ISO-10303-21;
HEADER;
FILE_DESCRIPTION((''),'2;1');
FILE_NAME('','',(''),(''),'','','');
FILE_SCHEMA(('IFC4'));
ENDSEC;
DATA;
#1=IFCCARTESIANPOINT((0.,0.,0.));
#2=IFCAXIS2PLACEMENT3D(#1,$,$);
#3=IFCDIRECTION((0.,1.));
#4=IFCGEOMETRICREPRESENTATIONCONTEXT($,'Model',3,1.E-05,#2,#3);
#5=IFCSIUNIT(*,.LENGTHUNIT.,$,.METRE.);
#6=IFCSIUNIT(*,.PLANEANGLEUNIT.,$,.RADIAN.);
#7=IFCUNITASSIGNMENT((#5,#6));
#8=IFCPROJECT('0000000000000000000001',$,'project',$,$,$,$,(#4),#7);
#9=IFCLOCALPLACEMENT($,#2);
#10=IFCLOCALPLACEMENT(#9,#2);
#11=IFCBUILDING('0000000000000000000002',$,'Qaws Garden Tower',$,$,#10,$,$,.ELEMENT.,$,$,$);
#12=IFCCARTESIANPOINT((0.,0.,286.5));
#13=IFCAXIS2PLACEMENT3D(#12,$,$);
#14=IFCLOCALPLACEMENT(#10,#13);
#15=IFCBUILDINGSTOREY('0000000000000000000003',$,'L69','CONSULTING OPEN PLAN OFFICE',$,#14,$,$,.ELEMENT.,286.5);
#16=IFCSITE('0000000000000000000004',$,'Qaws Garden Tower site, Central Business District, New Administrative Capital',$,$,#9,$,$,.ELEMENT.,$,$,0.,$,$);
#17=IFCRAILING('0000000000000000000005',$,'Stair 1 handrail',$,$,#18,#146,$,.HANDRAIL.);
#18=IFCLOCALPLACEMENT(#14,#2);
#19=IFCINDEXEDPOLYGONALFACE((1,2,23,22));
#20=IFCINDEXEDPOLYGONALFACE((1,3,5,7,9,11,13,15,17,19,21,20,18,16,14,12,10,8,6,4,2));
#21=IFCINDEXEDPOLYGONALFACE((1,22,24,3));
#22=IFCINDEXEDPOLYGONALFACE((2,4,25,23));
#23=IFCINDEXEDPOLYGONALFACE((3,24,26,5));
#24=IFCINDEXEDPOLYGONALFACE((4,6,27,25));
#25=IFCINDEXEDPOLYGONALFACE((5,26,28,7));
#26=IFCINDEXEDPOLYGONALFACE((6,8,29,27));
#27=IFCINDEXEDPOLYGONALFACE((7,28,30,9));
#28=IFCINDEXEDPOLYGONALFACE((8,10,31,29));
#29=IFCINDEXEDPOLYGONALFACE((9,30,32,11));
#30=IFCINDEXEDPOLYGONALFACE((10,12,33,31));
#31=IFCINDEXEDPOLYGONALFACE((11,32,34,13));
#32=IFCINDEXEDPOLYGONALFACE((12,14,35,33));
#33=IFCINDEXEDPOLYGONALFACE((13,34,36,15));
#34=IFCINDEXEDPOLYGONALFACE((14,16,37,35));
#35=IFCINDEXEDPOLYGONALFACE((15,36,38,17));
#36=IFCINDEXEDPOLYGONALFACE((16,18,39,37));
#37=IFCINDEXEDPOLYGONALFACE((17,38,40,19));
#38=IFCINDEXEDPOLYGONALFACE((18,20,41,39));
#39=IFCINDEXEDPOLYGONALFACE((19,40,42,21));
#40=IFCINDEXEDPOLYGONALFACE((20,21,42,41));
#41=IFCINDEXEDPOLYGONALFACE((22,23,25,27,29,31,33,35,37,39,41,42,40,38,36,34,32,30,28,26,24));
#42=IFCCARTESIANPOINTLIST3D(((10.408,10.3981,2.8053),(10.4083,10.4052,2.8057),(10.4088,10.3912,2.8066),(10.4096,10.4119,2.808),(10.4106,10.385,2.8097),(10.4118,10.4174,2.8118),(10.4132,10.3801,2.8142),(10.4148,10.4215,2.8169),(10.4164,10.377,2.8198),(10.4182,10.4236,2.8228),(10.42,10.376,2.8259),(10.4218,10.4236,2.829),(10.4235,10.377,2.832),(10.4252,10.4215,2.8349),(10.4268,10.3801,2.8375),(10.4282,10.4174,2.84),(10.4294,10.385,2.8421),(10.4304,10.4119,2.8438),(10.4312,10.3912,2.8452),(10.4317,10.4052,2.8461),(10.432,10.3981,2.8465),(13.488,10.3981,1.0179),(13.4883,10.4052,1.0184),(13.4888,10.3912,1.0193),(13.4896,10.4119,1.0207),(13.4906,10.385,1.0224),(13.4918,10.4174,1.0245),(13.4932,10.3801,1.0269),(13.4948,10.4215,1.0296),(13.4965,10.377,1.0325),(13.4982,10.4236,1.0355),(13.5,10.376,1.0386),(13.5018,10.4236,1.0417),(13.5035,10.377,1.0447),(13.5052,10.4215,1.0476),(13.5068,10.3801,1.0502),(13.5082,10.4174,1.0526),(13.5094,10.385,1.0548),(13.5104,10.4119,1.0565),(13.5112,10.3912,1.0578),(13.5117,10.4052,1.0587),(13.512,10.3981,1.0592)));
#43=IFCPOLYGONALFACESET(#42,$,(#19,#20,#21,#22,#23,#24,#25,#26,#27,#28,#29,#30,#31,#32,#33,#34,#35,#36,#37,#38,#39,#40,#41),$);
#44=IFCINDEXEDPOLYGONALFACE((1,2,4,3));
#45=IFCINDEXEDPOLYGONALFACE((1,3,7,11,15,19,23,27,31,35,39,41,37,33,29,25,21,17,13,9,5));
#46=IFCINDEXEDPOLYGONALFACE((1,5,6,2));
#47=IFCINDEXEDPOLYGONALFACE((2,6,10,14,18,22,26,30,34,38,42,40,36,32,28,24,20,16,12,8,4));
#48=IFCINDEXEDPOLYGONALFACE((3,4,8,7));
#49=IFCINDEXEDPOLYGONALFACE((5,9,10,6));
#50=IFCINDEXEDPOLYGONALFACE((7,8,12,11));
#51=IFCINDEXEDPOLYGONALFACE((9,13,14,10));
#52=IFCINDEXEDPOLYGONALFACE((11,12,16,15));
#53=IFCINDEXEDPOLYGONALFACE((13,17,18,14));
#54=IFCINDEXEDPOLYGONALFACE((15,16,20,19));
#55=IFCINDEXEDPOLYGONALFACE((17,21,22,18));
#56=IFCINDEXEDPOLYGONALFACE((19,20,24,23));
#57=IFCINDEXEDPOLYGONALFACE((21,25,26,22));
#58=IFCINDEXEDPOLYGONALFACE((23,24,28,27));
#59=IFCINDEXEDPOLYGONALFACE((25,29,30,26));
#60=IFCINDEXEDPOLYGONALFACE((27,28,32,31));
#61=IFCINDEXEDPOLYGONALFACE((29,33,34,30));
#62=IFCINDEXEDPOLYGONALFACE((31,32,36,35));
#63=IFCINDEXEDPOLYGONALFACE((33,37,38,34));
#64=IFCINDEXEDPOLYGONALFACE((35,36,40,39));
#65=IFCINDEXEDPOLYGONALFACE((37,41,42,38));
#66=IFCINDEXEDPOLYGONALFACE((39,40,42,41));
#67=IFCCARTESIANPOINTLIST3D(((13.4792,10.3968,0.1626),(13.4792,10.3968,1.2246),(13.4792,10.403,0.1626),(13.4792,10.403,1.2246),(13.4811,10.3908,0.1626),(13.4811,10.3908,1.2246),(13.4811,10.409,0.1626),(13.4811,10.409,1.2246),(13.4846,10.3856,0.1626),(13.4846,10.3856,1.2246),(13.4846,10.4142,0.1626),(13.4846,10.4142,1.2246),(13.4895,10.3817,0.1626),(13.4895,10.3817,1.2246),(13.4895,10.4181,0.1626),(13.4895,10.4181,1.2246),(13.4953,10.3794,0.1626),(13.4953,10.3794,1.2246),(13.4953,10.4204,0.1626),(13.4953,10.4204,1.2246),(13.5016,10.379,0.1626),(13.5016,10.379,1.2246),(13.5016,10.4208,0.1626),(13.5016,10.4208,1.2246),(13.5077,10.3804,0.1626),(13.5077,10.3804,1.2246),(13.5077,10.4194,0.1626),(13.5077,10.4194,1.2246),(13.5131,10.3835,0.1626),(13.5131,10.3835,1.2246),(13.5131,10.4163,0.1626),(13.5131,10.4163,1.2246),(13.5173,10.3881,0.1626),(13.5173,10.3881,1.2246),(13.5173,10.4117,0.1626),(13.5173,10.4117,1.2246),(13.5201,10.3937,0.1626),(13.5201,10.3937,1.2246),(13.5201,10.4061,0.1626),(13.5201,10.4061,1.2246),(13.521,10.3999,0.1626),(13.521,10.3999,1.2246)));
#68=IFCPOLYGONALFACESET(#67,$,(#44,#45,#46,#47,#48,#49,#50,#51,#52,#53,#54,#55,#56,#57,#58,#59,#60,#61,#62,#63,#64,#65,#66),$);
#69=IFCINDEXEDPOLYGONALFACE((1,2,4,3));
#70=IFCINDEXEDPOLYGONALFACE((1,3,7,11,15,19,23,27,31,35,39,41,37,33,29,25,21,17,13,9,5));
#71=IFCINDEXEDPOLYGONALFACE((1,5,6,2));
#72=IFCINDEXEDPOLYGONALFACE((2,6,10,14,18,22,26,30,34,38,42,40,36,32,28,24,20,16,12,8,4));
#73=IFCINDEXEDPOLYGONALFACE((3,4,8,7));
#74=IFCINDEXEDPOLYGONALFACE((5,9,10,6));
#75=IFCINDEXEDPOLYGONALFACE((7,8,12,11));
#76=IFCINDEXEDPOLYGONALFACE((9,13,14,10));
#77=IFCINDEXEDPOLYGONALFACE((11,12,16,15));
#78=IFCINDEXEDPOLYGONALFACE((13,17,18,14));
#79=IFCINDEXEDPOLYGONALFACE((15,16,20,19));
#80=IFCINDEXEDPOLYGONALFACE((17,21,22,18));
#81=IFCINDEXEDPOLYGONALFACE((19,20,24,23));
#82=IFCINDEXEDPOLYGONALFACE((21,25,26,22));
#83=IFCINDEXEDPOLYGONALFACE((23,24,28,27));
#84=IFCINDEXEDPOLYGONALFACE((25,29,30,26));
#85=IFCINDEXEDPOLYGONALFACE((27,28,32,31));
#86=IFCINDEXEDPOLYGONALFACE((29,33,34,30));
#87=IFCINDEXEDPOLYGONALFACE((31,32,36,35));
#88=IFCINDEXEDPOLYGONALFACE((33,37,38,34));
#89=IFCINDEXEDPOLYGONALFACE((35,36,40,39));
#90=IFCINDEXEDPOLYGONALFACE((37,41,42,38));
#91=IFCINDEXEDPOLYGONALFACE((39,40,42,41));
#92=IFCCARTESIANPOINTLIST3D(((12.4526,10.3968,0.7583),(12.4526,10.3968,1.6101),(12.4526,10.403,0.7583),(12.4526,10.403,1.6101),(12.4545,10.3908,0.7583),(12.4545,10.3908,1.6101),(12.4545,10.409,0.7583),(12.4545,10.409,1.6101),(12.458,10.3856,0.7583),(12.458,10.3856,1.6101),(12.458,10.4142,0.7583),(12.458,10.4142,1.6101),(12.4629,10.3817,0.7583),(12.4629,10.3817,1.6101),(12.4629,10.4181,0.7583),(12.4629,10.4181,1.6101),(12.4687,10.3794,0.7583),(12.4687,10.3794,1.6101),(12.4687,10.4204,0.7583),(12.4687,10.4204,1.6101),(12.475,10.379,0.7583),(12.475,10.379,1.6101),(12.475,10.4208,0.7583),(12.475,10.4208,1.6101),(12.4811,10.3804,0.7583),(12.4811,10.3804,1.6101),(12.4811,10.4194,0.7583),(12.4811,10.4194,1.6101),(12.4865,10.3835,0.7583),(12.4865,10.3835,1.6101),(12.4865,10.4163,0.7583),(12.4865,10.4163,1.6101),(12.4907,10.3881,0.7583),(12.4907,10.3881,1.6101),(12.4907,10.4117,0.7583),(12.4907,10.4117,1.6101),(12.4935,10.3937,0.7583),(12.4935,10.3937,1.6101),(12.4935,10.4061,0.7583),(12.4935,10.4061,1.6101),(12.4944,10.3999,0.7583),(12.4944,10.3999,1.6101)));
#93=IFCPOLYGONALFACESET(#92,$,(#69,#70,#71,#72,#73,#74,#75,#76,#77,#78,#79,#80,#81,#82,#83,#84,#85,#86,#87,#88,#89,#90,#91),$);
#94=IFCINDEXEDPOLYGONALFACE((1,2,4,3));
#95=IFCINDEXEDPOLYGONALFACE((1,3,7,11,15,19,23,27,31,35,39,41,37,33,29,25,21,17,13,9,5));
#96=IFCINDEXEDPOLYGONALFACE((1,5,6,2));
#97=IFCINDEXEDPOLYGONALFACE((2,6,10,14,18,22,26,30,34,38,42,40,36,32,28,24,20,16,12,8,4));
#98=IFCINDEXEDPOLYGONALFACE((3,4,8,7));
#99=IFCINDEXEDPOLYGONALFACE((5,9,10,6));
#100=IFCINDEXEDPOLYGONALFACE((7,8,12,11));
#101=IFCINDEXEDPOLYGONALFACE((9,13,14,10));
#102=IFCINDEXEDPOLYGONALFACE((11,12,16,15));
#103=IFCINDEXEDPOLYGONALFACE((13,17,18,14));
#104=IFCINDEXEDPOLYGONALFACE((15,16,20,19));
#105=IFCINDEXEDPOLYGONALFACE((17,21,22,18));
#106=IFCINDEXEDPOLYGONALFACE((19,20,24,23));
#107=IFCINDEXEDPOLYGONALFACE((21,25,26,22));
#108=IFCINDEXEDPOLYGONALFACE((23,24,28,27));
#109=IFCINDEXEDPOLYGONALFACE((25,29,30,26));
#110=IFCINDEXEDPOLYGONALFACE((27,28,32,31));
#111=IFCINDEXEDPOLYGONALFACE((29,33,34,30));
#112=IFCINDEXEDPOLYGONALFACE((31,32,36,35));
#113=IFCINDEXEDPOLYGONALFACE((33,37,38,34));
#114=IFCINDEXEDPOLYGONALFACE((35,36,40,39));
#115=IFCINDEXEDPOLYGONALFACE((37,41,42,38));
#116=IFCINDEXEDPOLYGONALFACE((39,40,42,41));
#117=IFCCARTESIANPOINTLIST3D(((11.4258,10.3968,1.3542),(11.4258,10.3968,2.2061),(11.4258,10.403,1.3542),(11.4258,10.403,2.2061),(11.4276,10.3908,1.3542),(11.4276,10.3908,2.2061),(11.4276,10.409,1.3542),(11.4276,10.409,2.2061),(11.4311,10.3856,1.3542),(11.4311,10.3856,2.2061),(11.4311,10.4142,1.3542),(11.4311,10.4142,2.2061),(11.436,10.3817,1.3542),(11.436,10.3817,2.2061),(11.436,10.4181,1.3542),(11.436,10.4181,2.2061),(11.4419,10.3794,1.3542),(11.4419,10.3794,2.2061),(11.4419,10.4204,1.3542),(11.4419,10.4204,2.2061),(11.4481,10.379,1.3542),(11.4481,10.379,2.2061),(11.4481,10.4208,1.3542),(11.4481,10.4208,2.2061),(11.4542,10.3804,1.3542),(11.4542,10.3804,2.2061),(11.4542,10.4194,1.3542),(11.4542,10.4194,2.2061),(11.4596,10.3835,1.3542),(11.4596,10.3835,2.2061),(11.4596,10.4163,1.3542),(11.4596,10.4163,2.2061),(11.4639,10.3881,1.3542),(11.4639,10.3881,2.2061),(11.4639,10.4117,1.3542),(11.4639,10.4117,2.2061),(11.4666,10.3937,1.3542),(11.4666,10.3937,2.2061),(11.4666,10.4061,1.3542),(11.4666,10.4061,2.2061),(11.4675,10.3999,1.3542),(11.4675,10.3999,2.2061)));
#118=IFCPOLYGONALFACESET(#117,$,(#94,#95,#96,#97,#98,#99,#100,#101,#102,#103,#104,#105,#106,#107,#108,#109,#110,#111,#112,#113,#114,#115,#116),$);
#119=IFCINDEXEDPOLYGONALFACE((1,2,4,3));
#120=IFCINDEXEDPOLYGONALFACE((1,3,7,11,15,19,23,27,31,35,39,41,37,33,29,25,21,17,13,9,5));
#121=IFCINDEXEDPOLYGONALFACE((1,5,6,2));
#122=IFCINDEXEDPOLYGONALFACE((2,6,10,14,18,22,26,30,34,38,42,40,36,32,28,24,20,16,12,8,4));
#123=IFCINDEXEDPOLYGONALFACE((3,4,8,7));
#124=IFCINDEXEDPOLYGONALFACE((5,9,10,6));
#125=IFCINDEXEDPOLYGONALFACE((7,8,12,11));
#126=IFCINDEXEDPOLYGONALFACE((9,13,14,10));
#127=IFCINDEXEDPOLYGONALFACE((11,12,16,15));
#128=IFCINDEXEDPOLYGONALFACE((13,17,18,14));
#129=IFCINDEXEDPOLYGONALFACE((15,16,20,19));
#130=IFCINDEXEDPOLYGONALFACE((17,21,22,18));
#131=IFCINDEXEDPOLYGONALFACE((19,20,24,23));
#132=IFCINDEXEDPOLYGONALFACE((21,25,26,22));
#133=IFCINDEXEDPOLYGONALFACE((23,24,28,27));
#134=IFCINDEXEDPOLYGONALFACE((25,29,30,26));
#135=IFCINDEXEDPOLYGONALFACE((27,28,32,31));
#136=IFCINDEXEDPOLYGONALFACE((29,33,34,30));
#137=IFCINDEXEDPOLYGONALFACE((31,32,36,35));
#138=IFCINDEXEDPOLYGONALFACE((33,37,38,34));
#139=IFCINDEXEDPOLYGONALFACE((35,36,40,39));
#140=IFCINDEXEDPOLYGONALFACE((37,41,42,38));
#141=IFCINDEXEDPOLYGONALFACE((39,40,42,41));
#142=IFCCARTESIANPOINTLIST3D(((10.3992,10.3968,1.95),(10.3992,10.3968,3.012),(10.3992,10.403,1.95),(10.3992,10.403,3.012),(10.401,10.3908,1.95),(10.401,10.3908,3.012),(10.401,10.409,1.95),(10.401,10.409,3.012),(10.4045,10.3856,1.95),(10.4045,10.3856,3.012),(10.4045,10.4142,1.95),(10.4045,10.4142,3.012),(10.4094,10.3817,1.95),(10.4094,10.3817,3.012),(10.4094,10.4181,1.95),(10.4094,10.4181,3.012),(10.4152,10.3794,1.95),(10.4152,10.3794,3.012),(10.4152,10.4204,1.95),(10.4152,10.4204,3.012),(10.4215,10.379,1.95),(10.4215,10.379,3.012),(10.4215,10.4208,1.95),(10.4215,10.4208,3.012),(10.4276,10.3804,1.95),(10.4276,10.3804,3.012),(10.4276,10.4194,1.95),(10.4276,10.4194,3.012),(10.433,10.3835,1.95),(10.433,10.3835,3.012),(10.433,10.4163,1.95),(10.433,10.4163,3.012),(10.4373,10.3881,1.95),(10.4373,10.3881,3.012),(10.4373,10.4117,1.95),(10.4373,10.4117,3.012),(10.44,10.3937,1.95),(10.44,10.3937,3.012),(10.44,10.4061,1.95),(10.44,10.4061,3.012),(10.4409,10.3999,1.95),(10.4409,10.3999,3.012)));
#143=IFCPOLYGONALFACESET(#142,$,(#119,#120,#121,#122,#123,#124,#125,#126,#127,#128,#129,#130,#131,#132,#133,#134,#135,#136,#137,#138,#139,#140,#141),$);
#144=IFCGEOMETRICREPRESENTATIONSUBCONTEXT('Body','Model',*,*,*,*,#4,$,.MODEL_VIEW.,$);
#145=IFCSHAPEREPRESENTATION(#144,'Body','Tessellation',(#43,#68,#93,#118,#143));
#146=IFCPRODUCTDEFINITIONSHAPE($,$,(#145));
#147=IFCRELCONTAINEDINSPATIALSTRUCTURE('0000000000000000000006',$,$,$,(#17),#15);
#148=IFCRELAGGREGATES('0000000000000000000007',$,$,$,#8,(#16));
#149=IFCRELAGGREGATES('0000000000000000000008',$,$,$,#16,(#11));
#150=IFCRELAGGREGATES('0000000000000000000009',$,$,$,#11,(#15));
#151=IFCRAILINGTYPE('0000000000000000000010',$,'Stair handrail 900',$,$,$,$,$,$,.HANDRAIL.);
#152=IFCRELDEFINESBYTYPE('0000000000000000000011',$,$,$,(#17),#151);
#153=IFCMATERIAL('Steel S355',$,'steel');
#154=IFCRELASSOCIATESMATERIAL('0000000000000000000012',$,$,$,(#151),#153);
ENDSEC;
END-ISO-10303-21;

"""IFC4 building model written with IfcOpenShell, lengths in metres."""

from ifc_helpers import new_model, si_unit, direction, frame, origin, origin_2d, place, context, subcontext, project, spatial, circle, extrude, material, type_object, element, save


model = new_model("IFC4")

# Units and contexts
model_context = context("Model", 3, precision=1e-05, world=origin(), true_north=direction((0.0, 1.0)))
body_context = subcontext(model_context, "Body", "Model", "MODEL_VIEW")
ifc_project = project(units=[si_unit("LENGTHUNIT", "METRE"), si_unit("PLANEANGLEUNIT", "RADIAN")], contexts=[model_context])

# Site, building, storey
site_placement = place(None, origin())
site = spatial("IfcSite", under=ifc_project, at=site_placement, Name="Qaws Garden Tower site, Central Business District, New Administrative Capital", CompositionType="ELEMENT", RefElevation=0.0)
building_placement = place(site_placement, origin())
building = spatial("IfcBuilding", under=site, at=building_placement, Name="Qaws Garden Tower", CompositionType="ELEMENT")
storey_placement = place(building_placement, frame((0.0, 0.0, 286.5)))
storey = spatial("IfcBuildingStorey", under=building, at=storey_placement, Name="L69", Description="CONSULTING OPEN PLAN OFFICE", CompositionType="ELEMENT", Elevation=286.5)

# Railing
ifc_material_1 = material(Name="Steel S355", Category="steel")
railing_type = type_object("IfcRailingType", Name="Stair handrail 900", PredefinedType="HANDRAIL", material=ifc_material_1)
railing_1_placement = place(storey_placement, frame((13.5, 10.3999, 0.1626)))
element("IfcRailing", 1, at=railing_1_placement, inside=storey, type_object=railing_type, Name="Stair 1 handrail", PredefinedType="HANDRAIL", context=body_context, shape_type="SweptSolid", body=[
    extrude(circle(Radius=0.0239, at=origin_2d()), frame((0.0, 0.0, 0.876), z_axis=(-0.86492, 0.0, 0.501909), x_axis=(0.0, -1.0, 0.0)), (0.0, 0.0, 1.0), 3.561),
    extrude(circle(Radius=0.021, at=origin_2d()), origin(), (0.0, 0.0, 1.0), 1.062),
    extrude(circle(Radius=0.021, at=origin_2d()), frame((-1.0266, 0.0, 0.5957)), (0.0, 0.0, 1.0), 0.8518),
    extrude(circle(Radius=0.021, at=origin_2d()), frame((-2.0535, 0.0, 1.1917)), (0.0, 0.0, 1.0), 0.8518),
    extrude(circle(Radius=0.021, at=origin_2d()), frame((-3.0801, 0.0, 1.7874)), (0.0, 0.0, 1.0), 1.062),
])

save(model, "model.ifc")
